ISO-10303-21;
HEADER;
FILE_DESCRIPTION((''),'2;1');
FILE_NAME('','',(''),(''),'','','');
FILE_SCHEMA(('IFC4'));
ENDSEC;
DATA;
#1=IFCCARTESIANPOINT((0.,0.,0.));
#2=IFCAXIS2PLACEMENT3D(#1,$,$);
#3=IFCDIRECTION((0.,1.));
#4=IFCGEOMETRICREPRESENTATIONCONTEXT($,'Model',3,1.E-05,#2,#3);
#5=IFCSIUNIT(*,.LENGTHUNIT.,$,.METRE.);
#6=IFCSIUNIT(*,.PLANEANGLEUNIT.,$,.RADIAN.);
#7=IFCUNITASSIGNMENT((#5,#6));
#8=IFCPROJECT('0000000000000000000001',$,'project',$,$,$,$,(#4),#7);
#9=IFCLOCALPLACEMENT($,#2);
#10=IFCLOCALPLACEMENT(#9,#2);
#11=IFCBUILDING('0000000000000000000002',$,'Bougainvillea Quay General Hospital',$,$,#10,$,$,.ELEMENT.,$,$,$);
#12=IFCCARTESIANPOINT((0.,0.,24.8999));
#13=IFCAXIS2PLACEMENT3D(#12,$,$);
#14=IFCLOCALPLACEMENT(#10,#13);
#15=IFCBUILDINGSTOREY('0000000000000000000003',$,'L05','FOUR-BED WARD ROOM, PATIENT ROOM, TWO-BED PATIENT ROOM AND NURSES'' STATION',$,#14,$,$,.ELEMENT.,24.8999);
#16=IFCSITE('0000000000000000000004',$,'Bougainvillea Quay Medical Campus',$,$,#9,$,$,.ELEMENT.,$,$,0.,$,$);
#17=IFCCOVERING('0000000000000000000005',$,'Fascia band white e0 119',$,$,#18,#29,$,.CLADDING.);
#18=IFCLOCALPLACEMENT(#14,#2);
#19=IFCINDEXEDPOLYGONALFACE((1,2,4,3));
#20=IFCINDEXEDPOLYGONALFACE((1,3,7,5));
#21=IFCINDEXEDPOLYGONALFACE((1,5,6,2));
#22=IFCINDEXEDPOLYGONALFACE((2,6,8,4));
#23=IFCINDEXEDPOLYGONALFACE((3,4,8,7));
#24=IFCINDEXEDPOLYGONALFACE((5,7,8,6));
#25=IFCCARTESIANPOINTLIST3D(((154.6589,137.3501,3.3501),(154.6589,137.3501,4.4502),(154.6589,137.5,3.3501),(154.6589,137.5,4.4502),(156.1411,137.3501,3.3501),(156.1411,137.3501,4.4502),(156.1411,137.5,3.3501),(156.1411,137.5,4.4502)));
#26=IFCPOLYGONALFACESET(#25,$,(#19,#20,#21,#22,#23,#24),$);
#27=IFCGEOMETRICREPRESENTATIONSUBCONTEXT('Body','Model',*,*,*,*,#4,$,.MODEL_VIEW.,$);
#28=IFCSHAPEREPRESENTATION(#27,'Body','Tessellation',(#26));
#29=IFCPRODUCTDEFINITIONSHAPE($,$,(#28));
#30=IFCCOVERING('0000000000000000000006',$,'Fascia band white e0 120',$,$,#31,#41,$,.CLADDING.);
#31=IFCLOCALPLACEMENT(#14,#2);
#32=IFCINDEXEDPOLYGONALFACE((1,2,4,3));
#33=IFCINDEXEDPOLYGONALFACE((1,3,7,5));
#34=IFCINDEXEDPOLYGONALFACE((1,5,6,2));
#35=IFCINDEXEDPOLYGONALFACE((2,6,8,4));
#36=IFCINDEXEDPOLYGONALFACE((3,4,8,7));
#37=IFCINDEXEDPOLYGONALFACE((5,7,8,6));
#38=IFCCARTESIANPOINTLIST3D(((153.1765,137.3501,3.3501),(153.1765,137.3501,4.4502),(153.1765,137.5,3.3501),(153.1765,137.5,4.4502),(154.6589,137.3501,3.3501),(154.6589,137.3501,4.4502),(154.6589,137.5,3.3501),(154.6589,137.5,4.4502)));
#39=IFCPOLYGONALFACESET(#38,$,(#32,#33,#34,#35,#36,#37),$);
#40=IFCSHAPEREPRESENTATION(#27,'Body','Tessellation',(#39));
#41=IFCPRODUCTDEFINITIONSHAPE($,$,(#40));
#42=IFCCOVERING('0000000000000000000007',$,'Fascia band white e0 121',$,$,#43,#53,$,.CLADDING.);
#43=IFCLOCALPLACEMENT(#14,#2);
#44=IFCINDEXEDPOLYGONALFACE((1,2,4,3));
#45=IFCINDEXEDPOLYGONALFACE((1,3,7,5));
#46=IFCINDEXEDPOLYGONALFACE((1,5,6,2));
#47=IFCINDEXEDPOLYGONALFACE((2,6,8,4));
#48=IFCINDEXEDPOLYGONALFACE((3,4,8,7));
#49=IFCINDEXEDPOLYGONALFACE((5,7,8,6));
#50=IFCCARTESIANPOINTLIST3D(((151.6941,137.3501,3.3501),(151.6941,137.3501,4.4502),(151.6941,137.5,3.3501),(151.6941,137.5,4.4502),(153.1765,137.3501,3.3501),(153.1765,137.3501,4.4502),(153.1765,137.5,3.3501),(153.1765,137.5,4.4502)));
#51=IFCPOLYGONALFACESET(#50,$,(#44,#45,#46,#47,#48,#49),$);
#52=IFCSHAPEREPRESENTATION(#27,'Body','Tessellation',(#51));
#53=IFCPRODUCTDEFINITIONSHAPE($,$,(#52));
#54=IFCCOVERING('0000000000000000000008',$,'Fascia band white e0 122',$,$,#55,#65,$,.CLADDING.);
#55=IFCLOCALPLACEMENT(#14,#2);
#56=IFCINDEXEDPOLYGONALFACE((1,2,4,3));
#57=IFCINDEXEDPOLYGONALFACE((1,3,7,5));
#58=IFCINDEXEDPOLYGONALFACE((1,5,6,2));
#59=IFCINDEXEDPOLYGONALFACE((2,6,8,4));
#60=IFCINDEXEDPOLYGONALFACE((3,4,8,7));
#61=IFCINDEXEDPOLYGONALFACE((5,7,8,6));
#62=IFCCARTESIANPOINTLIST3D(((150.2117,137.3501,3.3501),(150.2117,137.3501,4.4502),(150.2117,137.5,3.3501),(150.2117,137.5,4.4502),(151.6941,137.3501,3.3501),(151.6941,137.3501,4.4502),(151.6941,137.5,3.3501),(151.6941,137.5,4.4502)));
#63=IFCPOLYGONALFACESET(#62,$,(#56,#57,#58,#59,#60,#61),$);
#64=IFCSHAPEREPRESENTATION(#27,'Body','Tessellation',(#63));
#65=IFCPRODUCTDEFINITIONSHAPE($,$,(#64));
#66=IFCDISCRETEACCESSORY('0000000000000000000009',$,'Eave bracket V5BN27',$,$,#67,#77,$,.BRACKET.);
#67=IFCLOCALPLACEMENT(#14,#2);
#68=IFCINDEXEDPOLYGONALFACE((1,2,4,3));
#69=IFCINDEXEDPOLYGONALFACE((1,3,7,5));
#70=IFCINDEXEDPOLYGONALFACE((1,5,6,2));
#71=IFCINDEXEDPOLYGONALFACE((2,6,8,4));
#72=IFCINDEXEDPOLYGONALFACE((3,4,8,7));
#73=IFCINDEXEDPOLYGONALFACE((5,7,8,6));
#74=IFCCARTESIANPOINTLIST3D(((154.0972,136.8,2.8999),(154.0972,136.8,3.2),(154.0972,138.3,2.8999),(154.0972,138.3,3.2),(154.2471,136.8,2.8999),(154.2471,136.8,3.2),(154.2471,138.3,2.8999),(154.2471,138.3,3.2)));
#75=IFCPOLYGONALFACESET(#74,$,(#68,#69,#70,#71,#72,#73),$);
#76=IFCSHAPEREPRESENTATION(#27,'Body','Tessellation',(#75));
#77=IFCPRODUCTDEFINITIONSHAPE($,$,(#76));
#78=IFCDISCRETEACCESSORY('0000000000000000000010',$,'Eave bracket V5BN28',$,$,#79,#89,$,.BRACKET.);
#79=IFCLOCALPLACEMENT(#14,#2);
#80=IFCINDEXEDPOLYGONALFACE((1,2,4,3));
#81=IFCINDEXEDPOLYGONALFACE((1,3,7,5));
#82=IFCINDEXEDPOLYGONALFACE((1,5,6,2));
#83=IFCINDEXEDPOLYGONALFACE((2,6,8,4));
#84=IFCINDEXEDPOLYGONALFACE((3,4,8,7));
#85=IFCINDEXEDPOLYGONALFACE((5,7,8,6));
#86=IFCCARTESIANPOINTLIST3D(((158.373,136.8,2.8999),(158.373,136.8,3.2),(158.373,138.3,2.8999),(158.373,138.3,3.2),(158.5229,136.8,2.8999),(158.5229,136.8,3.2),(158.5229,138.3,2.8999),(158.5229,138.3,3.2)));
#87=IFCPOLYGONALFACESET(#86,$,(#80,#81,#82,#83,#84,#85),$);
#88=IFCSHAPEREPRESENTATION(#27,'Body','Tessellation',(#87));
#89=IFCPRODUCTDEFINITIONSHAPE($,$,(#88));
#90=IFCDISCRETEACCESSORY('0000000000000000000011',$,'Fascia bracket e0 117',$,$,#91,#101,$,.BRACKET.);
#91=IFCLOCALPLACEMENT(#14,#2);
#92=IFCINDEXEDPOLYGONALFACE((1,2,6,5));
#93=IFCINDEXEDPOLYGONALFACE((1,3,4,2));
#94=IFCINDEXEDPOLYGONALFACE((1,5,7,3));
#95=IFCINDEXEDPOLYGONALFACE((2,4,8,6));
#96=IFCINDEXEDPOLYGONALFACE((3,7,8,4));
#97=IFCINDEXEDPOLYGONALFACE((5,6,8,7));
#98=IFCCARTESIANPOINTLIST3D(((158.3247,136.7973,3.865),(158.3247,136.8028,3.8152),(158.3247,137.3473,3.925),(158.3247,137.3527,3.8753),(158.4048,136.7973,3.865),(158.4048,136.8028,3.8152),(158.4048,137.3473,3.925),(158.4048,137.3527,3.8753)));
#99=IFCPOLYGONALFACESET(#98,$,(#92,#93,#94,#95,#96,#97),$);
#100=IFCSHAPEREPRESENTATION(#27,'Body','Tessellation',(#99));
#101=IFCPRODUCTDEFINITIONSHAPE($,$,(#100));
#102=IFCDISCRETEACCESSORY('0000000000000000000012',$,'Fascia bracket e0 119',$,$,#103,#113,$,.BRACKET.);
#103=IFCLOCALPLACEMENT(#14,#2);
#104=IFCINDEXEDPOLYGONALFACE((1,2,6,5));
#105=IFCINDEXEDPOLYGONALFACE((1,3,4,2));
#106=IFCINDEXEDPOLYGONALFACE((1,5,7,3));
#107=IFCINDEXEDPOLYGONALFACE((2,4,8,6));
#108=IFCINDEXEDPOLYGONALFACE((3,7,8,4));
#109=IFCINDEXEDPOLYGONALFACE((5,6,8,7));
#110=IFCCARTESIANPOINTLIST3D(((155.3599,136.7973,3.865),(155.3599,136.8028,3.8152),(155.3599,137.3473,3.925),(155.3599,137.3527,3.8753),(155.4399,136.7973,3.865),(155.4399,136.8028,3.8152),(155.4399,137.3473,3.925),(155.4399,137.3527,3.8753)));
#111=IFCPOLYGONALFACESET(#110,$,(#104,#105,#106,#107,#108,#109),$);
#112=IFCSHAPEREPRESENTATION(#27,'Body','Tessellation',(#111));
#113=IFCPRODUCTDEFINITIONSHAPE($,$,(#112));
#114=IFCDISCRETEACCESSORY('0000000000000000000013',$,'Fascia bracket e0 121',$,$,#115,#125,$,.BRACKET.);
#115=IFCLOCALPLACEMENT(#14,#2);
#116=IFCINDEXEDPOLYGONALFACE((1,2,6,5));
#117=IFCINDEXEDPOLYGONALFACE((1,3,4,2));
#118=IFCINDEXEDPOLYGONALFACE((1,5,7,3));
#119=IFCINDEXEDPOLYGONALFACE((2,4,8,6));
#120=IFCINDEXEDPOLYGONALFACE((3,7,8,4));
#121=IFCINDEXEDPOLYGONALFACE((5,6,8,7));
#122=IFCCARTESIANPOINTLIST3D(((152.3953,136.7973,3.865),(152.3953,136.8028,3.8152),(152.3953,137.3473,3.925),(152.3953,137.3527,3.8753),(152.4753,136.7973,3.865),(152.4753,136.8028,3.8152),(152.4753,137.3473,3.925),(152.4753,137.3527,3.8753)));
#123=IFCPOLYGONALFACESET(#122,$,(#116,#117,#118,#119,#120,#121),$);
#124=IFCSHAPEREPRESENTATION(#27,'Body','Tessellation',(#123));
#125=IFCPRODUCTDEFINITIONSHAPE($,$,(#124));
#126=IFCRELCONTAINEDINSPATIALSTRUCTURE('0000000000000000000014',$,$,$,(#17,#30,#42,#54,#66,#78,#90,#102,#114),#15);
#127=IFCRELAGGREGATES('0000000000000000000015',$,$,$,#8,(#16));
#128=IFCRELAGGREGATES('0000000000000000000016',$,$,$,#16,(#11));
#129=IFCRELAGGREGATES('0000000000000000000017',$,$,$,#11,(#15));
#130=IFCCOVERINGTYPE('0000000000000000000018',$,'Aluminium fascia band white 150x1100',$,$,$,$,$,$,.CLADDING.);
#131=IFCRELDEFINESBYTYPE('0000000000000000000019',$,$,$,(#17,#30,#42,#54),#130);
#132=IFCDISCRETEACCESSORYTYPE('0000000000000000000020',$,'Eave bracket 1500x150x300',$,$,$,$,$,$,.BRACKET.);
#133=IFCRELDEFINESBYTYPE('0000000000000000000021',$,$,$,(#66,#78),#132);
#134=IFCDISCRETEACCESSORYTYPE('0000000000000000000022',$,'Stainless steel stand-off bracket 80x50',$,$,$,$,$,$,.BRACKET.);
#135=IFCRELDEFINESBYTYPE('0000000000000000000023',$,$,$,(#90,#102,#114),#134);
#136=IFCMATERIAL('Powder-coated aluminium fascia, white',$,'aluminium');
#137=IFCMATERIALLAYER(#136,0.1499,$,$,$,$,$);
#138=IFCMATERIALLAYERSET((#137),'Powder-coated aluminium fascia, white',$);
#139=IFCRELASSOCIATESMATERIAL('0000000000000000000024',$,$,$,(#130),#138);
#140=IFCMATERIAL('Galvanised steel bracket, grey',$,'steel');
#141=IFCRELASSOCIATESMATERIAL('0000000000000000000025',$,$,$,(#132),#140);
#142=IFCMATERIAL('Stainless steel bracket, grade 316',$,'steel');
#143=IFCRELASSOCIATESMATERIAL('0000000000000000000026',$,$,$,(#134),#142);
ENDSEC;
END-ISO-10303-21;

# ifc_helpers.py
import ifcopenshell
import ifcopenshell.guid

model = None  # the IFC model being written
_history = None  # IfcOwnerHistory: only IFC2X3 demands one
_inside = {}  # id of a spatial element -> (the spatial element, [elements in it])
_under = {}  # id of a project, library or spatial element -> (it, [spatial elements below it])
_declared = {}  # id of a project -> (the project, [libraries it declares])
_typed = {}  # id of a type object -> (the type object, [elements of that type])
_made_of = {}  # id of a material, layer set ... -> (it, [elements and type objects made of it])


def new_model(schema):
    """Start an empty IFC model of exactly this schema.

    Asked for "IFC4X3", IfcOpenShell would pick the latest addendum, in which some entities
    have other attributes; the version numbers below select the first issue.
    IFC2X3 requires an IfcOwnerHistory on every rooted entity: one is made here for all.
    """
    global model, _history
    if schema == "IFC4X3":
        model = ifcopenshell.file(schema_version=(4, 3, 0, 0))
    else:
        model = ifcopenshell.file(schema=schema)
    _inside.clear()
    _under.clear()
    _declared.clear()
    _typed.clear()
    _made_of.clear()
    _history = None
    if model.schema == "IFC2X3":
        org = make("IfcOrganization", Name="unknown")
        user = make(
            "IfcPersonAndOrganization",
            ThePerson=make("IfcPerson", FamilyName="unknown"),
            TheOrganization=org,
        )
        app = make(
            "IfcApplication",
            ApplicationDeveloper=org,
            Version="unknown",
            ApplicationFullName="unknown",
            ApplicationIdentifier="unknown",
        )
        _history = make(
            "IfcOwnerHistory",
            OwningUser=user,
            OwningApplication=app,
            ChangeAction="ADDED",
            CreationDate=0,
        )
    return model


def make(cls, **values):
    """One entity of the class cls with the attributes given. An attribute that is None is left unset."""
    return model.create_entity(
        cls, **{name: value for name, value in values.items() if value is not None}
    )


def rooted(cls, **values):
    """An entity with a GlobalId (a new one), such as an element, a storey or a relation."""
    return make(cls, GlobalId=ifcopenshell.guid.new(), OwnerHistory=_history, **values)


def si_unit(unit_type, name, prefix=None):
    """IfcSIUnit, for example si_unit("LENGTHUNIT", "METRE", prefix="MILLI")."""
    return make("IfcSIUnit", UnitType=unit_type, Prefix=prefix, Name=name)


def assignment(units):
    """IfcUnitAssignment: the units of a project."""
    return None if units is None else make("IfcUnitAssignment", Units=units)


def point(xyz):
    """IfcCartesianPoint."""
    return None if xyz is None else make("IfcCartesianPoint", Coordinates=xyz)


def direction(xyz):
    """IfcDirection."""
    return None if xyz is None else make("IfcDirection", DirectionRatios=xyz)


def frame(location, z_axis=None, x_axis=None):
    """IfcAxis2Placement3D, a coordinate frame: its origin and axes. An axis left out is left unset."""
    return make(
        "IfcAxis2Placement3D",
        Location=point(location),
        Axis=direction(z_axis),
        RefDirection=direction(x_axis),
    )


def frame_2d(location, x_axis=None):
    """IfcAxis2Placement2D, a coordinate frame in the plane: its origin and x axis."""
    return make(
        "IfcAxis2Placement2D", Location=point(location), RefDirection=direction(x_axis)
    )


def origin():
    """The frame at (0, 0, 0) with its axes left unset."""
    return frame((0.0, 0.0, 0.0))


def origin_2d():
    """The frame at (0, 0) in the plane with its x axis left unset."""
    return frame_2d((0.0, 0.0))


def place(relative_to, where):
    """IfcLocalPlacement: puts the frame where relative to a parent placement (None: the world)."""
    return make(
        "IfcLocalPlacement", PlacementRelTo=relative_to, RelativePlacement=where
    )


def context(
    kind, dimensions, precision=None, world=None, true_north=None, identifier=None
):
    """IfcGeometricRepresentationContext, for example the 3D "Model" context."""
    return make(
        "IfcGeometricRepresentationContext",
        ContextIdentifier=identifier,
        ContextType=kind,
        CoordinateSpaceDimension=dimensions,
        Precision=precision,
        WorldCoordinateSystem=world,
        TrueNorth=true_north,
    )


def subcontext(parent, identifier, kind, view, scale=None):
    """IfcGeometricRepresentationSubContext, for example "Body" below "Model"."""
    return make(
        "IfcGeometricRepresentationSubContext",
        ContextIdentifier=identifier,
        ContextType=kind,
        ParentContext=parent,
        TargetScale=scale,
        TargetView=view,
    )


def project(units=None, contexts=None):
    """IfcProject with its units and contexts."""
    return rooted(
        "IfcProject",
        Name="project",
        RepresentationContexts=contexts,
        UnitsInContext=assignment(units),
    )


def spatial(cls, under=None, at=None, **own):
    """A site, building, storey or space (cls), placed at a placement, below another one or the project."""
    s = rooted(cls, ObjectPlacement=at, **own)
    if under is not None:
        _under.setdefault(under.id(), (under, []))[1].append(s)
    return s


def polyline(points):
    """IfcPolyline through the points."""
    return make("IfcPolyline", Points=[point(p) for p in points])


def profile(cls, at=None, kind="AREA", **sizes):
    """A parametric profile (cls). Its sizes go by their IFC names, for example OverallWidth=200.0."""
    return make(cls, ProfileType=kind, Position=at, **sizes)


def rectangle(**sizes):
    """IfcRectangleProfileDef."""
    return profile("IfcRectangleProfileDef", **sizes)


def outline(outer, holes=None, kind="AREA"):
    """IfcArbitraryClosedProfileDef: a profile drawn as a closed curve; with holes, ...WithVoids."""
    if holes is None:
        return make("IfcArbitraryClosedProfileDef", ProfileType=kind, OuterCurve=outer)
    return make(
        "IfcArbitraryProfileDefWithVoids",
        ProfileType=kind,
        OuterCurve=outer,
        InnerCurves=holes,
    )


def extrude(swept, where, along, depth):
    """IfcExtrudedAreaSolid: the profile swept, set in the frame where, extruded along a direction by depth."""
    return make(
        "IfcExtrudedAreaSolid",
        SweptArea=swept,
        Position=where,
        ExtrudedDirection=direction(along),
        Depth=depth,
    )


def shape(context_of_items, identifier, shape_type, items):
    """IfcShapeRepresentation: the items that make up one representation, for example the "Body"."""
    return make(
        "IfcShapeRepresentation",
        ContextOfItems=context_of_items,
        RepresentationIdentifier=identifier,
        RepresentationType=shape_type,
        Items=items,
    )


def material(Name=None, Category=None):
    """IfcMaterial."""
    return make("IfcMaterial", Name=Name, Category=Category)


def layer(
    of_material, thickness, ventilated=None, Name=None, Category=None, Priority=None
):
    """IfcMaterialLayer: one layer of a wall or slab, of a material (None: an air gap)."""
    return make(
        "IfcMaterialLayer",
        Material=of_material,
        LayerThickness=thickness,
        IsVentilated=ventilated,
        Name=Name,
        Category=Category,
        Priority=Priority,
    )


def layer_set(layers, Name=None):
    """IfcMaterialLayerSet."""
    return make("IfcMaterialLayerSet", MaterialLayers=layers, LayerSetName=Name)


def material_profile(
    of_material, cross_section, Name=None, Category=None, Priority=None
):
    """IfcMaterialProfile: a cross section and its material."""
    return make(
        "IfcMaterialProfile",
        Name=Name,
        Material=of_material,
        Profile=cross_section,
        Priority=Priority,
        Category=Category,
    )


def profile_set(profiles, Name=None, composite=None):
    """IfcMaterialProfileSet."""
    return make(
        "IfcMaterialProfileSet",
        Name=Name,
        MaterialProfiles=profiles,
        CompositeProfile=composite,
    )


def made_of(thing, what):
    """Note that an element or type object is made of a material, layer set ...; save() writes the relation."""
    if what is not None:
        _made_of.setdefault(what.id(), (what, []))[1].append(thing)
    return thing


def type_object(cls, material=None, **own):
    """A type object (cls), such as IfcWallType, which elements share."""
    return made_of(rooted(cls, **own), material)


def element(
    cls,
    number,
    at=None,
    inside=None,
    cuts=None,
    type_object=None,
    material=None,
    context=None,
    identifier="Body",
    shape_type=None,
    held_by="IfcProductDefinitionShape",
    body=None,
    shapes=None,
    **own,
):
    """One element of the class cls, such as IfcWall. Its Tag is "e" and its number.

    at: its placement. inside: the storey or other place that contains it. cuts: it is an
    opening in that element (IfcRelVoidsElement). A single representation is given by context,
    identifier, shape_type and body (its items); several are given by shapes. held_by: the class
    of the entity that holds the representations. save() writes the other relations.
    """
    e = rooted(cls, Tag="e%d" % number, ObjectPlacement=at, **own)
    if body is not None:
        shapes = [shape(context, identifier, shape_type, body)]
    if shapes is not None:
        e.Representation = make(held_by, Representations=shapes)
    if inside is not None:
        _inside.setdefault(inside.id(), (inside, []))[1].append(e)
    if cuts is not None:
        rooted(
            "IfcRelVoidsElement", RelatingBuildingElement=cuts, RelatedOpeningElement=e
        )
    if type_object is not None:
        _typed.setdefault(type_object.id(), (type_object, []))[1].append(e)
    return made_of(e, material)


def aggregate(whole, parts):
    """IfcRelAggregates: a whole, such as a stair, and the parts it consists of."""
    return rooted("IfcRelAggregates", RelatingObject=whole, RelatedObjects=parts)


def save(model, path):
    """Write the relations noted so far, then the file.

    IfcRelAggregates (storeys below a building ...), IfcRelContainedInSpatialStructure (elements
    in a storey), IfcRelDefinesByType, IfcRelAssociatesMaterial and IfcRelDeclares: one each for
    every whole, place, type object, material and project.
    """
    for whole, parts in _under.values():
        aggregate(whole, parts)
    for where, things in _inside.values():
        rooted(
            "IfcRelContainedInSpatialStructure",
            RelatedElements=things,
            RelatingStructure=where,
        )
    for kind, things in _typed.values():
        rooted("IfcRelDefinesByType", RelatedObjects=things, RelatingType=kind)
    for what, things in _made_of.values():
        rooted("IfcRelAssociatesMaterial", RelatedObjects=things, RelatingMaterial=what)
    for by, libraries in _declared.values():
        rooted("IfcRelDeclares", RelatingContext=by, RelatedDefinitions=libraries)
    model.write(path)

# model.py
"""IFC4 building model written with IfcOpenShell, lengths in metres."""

from ifc_helpers import new_model, si_unit, direction, frame, origin, origin_2d, place, context, subcontext, project, spatial, polyline, rectangle, outline, extrude, material, layer, layer_set, material_profile, profile_set, type_object, element, save


model = new_model("IFC4")

# Units and contexts
model_context = context("Model", 3, precision=1e-05, world=origin(), true_north=direction((0.0, 1.0)))
body_context = subcontext(model_context, "Body", "Model", "MODEL_VIEW")
ifc_project = project(units=[si_unit("LENGTHUNIT", "METRE"), si_unit("PLANEANGLEUNIT", "RADIAN")], contexts=[model_context])

# Site, building, storey
site_placement = place(None, origin())
site = spatial("IfcSite", under=ifc_project, at=site_placement, Name="Bougainvillea Quay Medical Campus", CompositionType="ELEMENT", RefElevation=0.0)
building_placement = place(site_placement, origin())
building = spatial("IfcBuilding", under=site, at=building_placement, Name="Bougainvillea Quay General Hospital", CompositionType="ELEMENT")
storey_placement = place(building_placement, frame((0.0, 0.0, 24.8999)))
storey = spatial("IfcBuildingStorey", under=building, at=storey_placement, Name="L05", Description="FOUR-BED WARD ROOM, PATIENT ROOM, TWO-BED PATIENT ROOM AND NURSES' STATION", CompositionType="ELEMENT", Elevation=24.8999)

# Coverings
ifc_material_1 = material(Name="Powder-coated aluminium fascia, white", Category="aluminium")
ifc_layer_1 = layer(ifc_material_1, 0.1499)
ifc_layer_set_1 = layer_set([ifc_layer_1], Name="Powder-coated aluminium fascia, white")
covering_type = type_object("IfcCoveringType", Name="Aluminium fascia band white 150x1100", PredefinedType="CLADDING", material=ifc_layer_set_1)
covering_1_placement = place(storey_placement, frame((156.1411, 137.3501, 3.3501), z_axis=(0.0, 0.0, 1.0), x_axis=(-1.0, 0.0, 0.0)))
element("IfcCovering", 1, at=covering_1_placement, inside=storey, type_object=covering_type, Name="Fascia band white e0 119", PredefinedType="CLADDING", context=body_context, shape_type="SweptSolid", body=[
    extrude(outline(polyline([(0.0, 0.0), (1.4822, 0.0), (1.4822, -0.1499), (0.0, -0.1499), (0.0, 0.0)])), origin(), (0.0, 0.0, 1.0), 1.1001),
])
for number, where, z_axis, x_axis, name in (
    (2, (154.6589, 137.3501, 3.3501), (0.0, 0.0, 1.0), (-1.0, 0.0, 0.0), "Fascia band white e0 120"),
    (3, (153.1765, 137.3501, 3.3501), (0.0, 0.0, 1.0), (-1.0, 0.0, 0.0), "Fascia band white e0 121"),
    (4, (151.6941, 137.3501, 3.3501), (0.0, 0.0, 1.0), (-1.0, 0.0, 0.0), "Fascia band white e0 122"),
):
    element("IfcCovering", number, at=place(storey_placement, frame(where, z_axis=z_axis, x_axis=x_axis)), inside=storey, type_object=covering_type, Name=name, PredefinedType="CLADDING", context=body_context, shape_type="SweptSolid", body=[
        extrude(outline(polyline([(0.0, 0.0), (1.4824, 0.0), (1.4824, -0.1499), (0.0, -0.1499), (0.0, 0.0)])), origin(), (0.0, 0.0, 1.0), 1.1001),
    ])

# Discrete accessories
ifc_material_2 = material(Name="Galvanised steel bracket, grey", Category="steel")
discrete_accessory_type_1 = type_object("IfcDiscreteAccessoryType", Name="Eave bracket 1500x150x300", PredefinedType="BRACKET", material=ifc_material_2)
for number, where, z_axis, x_axis, name in (
    (5, (154.1721, 137.55, 2.8999), (0.0, 0.0, 1.0), (1.0, 0.0, 0.0), "Eave bracket V5BN27"),
    (6, (158.448, 137.55, 2.8999), (0.0, 0.0, 1.0), (1.0, 0.0, 0.0), "Eave bracket V5BN28"),
):
    element("IfcDiscreteAccessory", number, at=place(storey_placement, frame(where, z_axis=z_axis, x_axis=x_axis)), inside=storey, type_object=discrete_accessory_type_1, Name=name, PredefinedType="BRACKET", context=body_context, shape_type="SweptSolid", body=[
        extrude(rectangle(XDim=0.1499, YDim=1.5, at=origin_2d()), origin(), (0.0, 0.0, 1.0), 0.3),
    ])
ifc_material_3 = material(Name="Stainless steel bracket, grade 316", Category="steel")
ifc_material_profile_1 = material_profile(ifc_material_3, rectangle(XDim=0.0801, YDim=0.05, at=origin_2d()))
ifc_profile_set_1 = profile_set([ifc_material_profile_1], Name="Stainless steel bracket, grade 316")
discrete_accessory_type_2 = type_object("IfcDiscreteAccessoryType", Name="Stainless steel stand-off bracket 80x50", PredefinedType="BRACKET", material=ifc_profile_set_1)
for number, where, z_axis, x_axis, name in (
    (7, (158.3647, 136.8, 3.8401), (0.0, 0.994092, 0.108543), (-1.0, 0.0, 0.0), "Fascia bracket e0 117"),
    (8, (155.3999, 136.8, 3.8401), (0.0, 0.994092, 0.108543), (-1.0, 0.0, 0.0), "Fascia bracket e0 119"),
    (9, (152.4353, 136.8, 3.8401), (0.0, 0.994092, 0.108543), (-1.0, 0.0, 0.0), "Fascia bracket e0 121"),
):
    element("IfcDiscreteAccessory", number, at=place(storey_placement, frame(where, z_axis=z_axis, x_axis=x_axis)), inside=storey, type_object=discrete_accessory_type_2, Name=name, PredefinedType="BRACKET", context=body_context, shape_type="SweptSolid", body=[
        extrude(rectangle(XDim=0.0801, YDim=0.05, at=origin_2d()), origin(), (0.0, 0.0, 1.0), 0.5532),
    ])

save(model, "model.ifc")
